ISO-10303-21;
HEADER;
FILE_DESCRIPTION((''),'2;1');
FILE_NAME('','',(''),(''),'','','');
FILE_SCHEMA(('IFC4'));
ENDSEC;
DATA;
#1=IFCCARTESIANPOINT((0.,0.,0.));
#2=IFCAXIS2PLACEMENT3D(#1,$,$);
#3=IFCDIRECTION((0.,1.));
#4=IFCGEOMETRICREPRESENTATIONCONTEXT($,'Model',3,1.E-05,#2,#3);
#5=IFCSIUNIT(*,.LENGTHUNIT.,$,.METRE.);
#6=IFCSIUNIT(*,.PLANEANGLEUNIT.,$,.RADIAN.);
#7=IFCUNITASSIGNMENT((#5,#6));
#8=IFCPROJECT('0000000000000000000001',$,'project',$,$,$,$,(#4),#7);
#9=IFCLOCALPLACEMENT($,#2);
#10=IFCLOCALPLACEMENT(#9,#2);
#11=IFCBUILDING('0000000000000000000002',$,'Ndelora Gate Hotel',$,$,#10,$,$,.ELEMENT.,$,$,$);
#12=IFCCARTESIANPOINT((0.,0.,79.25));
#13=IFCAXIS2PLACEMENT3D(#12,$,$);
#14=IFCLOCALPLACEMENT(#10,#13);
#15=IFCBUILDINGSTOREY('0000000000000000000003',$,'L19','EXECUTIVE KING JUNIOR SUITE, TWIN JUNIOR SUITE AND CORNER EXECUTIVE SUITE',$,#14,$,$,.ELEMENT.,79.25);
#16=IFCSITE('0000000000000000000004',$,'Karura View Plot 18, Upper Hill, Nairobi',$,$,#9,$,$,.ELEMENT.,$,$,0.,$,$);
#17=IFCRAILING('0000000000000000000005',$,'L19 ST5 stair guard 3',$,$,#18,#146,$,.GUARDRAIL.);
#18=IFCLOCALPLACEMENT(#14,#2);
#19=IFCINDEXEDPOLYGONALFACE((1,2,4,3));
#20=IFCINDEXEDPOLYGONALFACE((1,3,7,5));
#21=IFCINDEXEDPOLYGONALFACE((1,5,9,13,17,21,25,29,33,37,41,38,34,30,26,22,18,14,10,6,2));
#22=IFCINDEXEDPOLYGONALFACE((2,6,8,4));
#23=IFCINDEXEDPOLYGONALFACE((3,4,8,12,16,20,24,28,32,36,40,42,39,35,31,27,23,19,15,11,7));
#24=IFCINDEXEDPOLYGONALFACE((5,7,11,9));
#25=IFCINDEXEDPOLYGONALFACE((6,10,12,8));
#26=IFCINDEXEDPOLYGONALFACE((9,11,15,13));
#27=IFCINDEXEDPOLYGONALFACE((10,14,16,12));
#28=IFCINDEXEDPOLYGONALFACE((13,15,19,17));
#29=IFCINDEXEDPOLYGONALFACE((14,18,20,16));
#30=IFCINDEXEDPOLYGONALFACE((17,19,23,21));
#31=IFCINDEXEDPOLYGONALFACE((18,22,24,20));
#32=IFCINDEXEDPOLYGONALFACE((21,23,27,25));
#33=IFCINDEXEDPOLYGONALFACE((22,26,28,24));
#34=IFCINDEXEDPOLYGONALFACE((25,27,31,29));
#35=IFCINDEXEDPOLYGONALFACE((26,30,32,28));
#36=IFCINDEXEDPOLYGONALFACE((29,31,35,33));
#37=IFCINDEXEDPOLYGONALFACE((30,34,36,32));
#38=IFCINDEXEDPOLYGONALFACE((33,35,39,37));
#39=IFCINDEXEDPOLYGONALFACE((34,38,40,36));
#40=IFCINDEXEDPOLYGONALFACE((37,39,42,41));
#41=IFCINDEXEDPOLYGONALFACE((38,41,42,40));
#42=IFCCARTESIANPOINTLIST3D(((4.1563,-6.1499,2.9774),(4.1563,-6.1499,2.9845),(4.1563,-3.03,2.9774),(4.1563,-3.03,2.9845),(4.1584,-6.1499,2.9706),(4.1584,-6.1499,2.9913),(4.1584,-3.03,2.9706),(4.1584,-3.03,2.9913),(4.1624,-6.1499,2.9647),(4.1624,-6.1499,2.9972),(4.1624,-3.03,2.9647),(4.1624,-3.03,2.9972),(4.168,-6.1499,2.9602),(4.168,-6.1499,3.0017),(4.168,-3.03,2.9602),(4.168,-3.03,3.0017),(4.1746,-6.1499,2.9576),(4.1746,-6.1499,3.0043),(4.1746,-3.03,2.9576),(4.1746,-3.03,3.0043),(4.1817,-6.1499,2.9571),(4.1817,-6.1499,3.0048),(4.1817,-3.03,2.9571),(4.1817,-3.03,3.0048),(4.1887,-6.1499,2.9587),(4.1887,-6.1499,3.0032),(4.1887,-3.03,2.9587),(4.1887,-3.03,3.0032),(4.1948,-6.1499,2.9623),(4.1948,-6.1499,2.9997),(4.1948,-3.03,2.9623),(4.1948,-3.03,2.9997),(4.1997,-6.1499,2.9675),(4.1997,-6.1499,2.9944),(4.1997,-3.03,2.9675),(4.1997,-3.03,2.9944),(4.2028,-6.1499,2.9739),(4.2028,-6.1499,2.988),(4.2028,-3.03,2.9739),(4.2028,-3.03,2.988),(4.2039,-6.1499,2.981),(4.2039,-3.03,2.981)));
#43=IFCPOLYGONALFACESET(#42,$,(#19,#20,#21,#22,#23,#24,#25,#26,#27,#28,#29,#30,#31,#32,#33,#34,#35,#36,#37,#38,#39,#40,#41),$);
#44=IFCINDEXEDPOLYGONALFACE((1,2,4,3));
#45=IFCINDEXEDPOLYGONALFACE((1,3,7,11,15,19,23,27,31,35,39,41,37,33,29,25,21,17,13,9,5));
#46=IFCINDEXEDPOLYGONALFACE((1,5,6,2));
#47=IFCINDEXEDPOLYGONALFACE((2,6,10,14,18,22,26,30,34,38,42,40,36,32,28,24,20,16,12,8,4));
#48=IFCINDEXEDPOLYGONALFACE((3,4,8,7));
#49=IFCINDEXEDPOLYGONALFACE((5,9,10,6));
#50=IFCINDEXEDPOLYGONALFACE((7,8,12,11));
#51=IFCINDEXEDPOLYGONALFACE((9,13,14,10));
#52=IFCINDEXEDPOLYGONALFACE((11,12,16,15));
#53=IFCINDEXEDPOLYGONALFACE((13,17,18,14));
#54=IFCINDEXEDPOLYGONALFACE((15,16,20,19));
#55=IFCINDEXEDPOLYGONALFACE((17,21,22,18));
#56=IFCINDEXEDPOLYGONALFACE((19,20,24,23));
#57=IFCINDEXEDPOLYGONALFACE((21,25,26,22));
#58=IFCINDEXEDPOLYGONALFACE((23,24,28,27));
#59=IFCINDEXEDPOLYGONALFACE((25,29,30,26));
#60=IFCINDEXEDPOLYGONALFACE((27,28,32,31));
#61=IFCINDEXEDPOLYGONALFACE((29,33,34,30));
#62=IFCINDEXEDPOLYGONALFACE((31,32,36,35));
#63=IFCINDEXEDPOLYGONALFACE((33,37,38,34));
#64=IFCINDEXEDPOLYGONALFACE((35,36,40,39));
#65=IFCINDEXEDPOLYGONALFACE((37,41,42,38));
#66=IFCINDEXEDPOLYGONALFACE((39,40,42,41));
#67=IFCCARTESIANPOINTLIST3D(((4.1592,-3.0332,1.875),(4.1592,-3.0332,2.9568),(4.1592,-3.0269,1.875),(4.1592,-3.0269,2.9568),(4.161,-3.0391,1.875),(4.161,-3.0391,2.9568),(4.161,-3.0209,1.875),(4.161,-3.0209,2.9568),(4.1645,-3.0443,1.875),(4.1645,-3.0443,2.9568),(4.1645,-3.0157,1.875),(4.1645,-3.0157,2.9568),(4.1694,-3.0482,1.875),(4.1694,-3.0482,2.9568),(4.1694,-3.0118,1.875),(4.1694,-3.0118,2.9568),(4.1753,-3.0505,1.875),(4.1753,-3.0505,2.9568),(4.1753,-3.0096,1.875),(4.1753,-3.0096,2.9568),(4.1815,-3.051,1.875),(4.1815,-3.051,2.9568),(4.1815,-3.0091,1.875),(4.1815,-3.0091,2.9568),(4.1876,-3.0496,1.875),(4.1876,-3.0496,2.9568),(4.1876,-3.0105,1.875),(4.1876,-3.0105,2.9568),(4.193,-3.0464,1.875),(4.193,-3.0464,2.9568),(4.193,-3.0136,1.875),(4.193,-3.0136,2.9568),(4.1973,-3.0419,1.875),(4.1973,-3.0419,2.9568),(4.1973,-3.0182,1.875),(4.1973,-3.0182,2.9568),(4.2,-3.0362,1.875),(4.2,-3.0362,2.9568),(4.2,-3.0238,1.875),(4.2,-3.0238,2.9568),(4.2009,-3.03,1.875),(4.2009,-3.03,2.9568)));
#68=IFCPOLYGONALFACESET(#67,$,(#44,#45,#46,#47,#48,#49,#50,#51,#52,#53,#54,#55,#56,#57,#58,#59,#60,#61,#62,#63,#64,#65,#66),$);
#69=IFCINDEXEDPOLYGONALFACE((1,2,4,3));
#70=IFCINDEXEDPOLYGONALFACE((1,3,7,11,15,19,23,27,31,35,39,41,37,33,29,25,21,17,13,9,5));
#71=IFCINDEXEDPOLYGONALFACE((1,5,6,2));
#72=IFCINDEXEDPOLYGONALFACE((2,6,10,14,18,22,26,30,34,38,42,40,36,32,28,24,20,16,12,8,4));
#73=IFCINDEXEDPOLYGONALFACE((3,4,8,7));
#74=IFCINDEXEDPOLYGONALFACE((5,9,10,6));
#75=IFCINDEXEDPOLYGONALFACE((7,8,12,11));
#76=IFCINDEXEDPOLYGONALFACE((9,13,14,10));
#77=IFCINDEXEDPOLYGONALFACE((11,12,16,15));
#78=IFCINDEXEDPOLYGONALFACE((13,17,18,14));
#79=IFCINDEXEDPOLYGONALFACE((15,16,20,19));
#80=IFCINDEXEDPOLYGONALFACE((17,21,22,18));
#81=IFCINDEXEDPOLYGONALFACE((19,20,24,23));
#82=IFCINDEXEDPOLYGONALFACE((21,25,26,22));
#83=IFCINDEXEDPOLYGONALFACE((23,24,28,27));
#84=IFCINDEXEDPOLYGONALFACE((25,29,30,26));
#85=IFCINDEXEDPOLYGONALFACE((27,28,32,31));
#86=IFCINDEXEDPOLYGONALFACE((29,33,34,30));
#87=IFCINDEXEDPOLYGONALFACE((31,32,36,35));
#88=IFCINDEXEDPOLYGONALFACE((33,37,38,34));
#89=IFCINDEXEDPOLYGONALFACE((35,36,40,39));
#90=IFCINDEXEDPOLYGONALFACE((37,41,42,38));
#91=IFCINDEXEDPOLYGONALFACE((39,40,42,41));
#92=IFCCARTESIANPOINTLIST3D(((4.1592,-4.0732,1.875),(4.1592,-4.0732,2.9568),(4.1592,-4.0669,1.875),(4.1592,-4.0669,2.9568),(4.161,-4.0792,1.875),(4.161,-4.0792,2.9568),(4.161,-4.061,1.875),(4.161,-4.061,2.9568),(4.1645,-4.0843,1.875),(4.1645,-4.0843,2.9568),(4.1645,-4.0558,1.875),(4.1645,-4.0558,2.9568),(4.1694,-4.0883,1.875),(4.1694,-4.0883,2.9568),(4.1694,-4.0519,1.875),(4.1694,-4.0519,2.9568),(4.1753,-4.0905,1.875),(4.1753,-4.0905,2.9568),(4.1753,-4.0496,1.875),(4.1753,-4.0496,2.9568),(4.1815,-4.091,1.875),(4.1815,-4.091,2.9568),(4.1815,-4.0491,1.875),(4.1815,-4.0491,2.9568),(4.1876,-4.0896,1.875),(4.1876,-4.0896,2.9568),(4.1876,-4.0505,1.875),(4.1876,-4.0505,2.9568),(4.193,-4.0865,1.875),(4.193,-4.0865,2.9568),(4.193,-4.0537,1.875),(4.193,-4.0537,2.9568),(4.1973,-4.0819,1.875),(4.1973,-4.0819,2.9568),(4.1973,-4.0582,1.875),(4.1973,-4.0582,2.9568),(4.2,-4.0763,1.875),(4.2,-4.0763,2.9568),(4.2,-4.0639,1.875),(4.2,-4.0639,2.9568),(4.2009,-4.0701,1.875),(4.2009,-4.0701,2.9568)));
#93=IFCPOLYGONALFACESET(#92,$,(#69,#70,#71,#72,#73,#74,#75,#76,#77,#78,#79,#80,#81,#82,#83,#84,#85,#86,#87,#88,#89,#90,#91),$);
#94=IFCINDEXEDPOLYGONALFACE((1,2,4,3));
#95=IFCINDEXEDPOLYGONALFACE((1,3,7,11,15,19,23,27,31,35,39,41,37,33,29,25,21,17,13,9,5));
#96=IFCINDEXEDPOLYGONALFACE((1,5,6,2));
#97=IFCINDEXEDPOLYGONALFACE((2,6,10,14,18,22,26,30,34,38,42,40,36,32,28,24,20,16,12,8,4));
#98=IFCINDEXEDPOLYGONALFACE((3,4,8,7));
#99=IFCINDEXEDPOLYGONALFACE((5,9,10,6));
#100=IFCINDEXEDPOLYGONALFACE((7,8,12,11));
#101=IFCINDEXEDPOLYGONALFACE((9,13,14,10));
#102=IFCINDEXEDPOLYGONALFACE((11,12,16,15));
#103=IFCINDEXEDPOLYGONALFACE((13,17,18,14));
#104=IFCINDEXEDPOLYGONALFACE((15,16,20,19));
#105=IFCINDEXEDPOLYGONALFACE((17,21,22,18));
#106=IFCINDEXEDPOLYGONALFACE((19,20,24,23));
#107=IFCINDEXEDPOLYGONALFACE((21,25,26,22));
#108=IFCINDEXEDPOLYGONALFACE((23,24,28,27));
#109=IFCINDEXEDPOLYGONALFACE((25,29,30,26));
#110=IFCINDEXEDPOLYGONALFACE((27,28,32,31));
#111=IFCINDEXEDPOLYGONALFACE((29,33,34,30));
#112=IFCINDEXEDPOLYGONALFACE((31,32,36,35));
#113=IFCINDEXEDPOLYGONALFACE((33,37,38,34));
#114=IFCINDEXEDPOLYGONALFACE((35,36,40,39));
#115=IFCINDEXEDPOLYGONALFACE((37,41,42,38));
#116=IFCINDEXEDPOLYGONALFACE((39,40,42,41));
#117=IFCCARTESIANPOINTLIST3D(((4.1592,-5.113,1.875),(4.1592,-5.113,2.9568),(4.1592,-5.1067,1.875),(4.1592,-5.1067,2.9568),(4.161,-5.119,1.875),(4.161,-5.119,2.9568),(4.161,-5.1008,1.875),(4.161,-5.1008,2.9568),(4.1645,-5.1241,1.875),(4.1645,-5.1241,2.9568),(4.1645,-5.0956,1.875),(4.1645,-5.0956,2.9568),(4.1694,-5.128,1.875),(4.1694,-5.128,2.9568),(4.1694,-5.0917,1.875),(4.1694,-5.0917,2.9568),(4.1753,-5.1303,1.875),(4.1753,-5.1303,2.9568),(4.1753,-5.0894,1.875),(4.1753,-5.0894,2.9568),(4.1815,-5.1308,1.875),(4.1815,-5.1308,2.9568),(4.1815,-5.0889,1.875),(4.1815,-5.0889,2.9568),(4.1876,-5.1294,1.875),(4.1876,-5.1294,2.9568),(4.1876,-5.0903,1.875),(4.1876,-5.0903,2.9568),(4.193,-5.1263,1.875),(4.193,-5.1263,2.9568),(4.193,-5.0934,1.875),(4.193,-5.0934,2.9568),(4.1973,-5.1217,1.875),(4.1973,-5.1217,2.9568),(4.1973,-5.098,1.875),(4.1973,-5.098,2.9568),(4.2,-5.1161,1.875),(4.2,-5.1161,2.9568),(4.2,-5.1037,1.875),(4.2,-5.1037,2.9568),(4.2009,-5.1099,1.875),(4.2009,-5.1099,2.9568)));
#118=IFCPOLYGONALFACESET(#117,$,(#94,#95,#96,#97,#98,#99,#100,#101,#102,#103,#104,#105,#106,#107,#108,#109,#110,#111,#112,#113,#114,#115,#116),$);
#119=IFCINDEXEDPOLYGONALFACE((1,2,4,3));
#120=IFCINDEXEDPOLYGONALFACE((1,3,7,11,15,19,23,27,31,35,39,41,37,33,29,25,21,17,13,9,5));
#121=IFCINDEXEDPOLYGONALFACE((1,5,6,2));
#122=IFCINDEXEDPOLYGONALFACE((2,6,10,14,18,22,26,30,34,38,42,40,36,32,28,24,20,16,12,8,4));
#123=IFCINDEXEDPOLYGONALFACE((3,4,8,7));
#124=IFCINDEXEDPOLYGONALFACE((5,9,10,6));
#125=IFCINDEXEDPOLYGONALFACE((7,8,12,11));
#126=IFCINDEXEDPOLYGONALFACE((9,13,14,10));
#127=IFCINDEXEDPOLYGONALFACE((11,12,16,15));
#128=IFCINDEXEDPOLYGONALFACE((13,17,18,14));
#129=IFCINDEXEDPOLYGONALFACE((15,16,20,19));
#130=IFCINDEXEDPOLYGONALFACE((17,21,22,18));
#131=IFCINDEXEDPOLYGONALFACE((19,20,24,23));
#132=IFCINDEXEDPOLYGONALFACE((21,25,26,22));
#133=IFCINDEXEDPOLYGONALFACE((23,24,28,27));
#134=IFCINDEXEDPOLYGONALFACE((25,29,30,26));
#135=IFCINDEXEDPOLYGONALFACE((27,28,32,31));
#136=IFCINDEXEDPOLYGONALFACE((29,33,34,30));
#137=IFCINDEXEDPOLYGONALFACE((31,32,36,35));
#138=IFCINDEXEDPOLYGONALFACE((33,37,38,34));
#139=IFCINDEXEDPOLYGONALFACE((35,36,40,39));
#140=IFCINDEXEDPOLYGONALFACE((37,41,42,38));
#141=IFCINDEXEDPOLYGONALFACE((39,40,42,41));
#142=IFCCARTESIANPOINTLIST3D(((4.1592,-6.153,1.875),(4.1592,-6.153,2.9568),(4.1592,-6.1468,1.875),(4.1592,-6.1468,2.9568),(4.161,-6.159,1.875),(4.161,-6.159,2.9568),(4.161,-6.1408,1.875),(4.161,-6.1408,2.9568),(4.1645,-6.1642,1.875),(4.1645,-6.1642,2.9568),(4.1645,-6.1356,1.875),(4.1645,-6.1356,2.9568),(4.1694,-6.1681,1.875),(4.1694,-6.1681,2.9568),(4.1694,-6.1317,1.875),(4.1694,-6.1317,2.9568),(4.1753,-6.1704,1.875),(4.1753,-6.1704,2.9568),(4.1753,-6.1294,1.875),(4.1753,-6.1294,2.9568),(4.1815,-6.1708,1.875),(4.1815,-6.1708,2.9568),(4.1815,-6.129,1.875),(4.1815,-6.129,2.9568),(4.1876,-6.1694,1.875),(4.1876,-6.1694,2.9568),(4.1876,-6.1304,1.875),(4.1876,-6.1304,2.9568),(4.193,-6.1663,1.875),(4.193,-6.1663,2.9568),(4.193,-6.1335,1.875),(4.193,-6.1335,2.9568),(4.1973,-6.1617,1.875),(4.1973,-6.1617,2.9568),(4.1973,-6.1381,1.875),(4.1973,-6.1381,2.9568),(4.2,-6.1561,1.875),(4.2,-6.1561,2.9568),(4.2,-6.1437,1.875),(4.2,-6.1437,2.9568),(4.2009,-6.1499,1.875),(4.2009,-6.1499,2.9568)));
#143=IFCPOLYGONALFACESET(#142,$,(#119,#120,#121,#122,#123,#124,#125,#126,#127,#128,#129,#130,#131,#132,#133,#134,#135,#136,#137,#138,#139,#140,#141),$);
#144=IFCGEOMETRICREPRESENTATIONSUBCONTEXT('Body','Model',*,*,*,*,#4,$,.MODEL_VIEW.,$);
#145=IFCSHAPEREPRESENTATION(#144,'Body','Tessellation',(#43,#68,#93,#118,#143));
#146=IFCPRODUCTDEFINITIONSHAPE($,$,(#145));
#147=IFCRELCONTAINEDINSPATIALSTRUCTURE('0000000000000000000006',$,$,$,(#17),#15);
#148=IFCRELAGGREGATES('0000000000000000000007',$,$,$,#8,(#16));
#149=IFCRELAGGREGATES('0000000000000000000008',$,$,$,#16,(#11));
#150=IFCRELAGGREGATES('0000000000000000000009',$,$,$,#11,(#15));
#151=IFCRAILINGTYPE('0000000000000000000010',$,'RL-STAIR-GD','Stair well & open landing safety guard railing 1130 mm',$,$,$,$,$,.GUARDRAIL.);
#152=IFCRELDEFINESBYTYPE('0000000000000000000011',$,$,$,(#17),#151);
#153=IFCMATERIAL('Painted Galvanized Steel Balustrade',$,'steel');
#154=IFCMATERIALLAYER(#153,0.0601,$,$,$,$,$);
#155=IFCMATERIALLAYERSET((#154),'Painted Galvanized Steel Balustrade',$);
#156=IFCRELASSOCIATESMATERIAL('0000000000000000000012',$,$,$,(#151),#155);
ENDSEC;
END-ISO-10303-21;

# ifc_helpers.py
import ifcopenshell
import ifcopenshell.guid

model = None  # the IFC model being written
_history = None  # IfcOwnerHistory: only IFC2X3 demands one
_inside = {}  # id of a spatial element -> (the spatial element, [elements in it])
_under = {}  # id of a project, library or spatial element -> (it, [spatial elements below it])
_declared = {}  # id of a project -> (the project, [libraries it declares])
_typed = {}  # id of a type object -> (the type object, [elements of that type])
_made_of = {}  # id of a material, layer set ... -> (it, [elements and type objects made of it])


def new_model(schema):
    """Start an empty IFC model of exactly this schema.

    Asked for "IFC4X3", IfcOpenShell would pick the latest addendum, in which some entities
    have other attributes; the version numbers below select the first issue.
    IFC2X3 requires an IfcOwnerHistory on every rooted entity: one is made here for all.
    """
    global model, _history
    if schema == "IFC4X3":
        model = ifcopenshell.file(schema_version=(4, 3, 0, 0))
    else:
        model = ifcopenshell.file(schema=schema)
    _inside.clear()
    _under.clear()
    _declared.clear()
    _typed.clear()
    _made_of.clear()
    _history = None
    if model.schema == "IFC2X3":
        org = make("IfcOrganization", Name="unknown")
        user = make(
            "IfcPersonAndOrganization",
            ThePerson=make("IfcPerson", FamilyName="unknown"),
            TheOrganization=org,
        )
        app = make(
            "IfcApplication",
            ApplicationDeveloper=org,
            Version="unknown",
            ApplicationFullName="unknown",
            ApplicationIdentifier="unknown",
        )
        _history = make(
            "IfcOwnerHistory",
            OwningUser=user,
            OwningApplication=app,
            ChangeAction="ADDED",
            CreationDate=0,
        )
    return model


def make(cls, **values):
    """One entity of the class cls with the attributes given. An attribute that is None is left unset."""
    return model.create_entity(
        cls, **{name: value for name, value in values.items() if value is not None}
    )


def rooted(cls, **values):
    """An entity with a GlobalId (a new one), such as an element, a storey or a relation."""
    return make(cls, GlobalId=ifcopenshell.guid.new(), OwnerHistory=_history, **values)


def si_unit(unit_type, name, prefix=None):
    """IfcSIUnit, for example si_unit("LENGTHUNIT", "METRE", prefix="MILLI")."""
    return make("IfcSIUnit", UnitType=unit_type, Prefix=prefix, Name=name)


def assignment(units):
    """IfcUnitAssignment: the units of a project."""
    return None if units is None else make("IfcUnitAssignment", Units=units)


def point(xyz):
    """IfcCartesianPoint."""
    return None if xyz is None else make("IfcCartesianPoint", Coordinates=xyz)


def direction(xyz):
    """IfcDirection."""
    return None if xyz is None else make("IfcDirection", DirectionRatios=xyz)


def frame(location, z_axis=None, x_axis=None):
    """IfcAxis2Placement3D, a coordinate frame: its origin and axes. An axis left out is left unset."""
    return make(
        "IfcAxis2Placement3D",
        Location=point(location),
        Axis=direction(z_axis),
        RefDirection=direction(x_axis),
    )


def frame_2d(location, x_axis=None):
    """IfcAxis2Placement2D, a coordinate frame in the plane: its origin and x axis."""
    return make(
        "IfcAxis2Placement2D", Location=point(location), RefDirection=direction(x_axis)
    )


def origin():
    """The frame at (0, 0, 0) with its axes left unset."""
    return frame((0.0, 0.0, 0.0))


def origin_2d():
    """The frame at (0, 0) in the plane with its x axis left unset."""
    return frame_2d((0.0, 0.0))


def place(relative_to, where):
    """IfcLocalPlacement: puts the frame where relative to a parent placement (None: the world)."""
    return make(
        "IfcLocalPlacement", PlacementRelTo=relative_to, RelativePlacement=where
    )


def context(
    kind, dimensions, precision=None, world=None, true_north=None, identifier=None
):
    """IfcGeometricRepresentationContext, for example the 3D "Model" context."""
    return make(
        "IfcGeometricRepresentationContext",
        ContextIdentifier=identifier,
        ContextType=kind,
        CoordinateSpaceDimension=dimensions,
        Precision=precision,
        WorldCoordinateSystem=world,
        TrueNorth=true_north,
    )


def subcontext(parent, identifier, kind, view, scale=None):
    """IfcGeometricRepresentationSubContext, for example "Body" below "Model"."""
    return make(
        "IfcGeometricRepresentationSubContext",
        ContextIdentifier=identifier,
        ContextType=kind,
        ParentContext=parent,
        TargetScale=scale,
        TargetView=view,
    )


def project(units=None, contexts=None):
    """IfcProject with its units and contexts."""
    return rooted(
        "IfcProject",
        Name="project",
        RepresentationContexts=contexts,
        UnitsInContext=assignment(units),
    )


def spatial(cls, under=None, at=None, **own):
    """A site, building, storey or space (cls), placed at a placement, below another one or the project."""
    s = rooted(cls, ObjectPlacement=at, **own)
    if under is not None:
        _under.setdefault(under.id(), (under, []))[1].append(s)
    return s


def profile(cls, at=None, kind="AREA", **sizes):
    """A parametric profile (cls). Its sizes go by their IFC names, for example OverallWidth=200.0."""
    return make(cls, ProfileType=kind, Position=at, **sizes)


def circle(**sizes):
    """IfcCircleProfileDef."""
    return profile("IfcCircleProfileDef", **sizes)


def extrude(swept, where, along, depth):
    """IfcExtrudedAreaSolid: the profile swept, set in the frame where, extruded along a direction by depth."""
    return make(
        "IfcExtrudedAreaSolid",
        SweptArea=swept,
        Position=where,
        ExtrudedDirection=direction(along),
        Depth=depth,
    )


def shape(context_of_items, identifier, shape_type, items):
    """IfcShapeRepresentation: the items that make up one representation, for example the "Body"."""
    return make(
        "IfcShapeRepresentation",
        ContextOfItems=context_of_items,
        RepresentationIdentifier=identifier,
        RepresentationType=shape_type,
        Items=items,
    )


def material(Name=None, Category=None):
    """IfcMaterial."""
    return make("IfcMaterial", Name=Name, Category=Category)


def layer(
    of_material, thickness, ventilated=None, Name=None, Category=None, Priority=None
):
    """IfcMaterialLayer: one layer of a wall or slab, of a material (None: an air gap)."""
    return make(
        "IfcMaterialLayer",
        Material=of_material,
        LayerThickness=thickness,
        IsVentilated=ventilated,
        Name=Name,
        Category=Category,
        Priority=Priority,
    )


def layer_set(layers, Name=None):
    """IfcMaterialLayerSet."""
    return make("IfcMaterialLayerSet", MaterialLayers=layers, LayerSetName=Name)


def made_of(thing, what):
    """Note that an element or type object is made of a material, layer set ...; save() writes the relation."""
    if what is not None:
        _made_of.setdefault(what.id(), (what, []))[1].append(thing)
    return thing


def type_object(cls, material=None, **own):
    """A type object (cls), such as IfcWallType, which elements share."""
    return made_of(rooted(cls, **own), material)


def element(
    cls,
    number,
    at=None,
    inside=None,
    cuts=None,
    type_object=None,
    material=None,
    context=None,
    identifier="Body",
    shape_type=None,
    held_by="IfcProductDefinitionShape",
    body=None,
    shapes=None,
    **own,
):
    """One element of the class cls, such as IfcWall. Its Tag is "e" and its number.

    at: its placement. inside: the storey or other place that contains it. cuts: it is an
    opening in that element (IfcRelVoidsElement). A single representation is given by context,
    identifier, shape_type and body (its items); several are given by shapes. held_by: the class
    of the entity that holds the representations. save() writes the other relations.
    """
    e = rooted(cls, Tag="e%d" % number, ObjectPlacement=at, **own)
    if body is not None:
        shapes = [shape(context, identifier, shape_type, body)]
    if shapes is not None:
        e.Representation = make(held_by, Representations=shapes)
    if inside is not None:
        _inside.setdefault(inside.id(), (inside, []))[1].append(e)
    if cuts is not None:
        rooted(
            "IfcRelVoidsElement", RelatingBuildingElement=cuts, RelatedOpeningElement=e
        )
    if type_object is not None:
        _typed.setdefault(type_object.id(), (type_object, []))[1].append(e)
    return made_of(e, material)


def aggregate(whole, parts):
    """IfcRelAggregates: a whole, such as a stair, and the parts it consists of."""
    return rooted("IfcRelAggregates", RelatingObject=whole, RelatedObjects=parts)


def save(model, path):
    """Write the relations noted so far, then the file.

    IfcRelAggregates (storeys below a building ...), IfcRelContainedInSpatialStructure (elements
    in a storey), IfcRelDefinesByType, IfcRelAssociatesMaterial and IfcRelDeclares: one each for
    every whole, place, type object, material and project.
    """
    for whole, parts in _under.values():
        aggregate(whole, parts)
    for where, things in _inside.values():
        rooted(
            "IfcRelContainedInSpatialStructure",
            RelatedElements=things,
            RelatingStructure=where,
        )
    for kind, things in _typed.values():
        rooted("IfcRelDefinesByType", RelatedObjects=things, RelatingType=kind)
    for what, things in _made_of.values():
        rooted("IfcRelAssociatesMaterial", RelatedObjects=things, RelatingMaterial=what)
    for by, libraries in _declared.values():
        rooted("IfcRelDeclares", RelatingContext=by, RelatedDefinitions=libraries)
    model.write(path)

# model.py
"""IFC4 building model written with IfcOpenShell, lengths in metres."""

from ifc_helpers import new_model, si_unit, direction, frame, origin, origin_2d, place, context, subcontext, project, spatial, circle, extrude, material, layer, layer_set, type_object, element, save


model = new_model("IFC4")

# Units and contexts
model_context = context("Model", 3, precision=1e-05, world=origin(), true_north=direction((0.0, 1.0)))
body_context = subcontext(model_context, "Body", "Model", "MODEL_VIEW")
ifc_project = project(units=[si_unit("LENGTHUNIT", "METRE"), si_unit("PLANEANGLEUNIT", "RADIAN")], contexts=[model_context])

# Site, building, storey
site_placement = place(None, origin())
site = spatial("IfcSite", under=ifc_project, at=site_placement, Name="Karura View Plot 18, Upper Hill, Nairobi", CompositionType="ELEMENT", RefElevation=0.0)
building_placement = place(site_placement, origin())
building = spatial("IfcBuilding", under=site, at=building_placement, Name="Ndelora Gate Hotel", CompositionType="ELEMENT")
storey_placement = place(building_placement, frame((0.0, 0.0, 79.25)))
storey = spatial("IfcBuildingStorey", under=building, at=storey_placement, Name="L19", Description="EXECUTIVE KING JUNIOR SUITE, TWIN JUNIOR SUITE AND CORNER EXECUTIVE SUITE", CompositionType="ELEMENT", Elevation=79.25)

# Railing
ifc_material_1 = material(Name="Painted Galvanized Steel Balustrade", Category="steel")
ifc_layer_1 = layer(ifc_material_1, 0.0601)
ifc_layer_set_1 = layer_set([ifc_layer_1], Name="Painted Galvanized Steel Balustrade")
railing_type = type_object("IfcRailingType", Name="RL-STAIR-GD", Description="Stair well & open landing safety guard railing 1130 mm", PredefinedType="GUARDRAIL", material=ifc_layer_set_1)
railing_1_placement = place(storey_placement, frame((4.1799, -3.03, 1.875)))
element("IfcRailing", 1, at=railing_1_placement, inside=storey, type_object=railing_type, Name="L19 ST5 stair guard 3", PredefinedType="GUARDRAIL", context=body_context, shape_type="SweptSolid", body=[
    extrude(circle(Radius=0.0239, at=origin_2d()), frame((0.0, 0.0, 1.106), z_axis=(0.0, -1.0, 0.0), x_axis=(1.0, 0.0, 0.0)), (0.0, 0.0, 1.0), 3.1199),
    extrude(circle(Radius=0.021, at=origin_2d()), origin(), (0.0, 0.0, 1.0), 1.0818),
    extrude(circle(Radius=0.021, at=origin_2d()), frame((0.0, -1.04, 0.0)), (0.0, 0.0, 1.0), 1.0818),
    extrude(circle(Radius=0.021, at=origin_2d()), frame((0.0, -2.0798, 0.0)), (0.0, 0.0, 1.0), 1.0818),
    extrude(circle(Radius=0.021, at=origin_2d()), frame((0.0, -3.1199, 0.0)), (0.0, 0.0, 1.0), 1.0818),
])

save(model, "model.ifc")
